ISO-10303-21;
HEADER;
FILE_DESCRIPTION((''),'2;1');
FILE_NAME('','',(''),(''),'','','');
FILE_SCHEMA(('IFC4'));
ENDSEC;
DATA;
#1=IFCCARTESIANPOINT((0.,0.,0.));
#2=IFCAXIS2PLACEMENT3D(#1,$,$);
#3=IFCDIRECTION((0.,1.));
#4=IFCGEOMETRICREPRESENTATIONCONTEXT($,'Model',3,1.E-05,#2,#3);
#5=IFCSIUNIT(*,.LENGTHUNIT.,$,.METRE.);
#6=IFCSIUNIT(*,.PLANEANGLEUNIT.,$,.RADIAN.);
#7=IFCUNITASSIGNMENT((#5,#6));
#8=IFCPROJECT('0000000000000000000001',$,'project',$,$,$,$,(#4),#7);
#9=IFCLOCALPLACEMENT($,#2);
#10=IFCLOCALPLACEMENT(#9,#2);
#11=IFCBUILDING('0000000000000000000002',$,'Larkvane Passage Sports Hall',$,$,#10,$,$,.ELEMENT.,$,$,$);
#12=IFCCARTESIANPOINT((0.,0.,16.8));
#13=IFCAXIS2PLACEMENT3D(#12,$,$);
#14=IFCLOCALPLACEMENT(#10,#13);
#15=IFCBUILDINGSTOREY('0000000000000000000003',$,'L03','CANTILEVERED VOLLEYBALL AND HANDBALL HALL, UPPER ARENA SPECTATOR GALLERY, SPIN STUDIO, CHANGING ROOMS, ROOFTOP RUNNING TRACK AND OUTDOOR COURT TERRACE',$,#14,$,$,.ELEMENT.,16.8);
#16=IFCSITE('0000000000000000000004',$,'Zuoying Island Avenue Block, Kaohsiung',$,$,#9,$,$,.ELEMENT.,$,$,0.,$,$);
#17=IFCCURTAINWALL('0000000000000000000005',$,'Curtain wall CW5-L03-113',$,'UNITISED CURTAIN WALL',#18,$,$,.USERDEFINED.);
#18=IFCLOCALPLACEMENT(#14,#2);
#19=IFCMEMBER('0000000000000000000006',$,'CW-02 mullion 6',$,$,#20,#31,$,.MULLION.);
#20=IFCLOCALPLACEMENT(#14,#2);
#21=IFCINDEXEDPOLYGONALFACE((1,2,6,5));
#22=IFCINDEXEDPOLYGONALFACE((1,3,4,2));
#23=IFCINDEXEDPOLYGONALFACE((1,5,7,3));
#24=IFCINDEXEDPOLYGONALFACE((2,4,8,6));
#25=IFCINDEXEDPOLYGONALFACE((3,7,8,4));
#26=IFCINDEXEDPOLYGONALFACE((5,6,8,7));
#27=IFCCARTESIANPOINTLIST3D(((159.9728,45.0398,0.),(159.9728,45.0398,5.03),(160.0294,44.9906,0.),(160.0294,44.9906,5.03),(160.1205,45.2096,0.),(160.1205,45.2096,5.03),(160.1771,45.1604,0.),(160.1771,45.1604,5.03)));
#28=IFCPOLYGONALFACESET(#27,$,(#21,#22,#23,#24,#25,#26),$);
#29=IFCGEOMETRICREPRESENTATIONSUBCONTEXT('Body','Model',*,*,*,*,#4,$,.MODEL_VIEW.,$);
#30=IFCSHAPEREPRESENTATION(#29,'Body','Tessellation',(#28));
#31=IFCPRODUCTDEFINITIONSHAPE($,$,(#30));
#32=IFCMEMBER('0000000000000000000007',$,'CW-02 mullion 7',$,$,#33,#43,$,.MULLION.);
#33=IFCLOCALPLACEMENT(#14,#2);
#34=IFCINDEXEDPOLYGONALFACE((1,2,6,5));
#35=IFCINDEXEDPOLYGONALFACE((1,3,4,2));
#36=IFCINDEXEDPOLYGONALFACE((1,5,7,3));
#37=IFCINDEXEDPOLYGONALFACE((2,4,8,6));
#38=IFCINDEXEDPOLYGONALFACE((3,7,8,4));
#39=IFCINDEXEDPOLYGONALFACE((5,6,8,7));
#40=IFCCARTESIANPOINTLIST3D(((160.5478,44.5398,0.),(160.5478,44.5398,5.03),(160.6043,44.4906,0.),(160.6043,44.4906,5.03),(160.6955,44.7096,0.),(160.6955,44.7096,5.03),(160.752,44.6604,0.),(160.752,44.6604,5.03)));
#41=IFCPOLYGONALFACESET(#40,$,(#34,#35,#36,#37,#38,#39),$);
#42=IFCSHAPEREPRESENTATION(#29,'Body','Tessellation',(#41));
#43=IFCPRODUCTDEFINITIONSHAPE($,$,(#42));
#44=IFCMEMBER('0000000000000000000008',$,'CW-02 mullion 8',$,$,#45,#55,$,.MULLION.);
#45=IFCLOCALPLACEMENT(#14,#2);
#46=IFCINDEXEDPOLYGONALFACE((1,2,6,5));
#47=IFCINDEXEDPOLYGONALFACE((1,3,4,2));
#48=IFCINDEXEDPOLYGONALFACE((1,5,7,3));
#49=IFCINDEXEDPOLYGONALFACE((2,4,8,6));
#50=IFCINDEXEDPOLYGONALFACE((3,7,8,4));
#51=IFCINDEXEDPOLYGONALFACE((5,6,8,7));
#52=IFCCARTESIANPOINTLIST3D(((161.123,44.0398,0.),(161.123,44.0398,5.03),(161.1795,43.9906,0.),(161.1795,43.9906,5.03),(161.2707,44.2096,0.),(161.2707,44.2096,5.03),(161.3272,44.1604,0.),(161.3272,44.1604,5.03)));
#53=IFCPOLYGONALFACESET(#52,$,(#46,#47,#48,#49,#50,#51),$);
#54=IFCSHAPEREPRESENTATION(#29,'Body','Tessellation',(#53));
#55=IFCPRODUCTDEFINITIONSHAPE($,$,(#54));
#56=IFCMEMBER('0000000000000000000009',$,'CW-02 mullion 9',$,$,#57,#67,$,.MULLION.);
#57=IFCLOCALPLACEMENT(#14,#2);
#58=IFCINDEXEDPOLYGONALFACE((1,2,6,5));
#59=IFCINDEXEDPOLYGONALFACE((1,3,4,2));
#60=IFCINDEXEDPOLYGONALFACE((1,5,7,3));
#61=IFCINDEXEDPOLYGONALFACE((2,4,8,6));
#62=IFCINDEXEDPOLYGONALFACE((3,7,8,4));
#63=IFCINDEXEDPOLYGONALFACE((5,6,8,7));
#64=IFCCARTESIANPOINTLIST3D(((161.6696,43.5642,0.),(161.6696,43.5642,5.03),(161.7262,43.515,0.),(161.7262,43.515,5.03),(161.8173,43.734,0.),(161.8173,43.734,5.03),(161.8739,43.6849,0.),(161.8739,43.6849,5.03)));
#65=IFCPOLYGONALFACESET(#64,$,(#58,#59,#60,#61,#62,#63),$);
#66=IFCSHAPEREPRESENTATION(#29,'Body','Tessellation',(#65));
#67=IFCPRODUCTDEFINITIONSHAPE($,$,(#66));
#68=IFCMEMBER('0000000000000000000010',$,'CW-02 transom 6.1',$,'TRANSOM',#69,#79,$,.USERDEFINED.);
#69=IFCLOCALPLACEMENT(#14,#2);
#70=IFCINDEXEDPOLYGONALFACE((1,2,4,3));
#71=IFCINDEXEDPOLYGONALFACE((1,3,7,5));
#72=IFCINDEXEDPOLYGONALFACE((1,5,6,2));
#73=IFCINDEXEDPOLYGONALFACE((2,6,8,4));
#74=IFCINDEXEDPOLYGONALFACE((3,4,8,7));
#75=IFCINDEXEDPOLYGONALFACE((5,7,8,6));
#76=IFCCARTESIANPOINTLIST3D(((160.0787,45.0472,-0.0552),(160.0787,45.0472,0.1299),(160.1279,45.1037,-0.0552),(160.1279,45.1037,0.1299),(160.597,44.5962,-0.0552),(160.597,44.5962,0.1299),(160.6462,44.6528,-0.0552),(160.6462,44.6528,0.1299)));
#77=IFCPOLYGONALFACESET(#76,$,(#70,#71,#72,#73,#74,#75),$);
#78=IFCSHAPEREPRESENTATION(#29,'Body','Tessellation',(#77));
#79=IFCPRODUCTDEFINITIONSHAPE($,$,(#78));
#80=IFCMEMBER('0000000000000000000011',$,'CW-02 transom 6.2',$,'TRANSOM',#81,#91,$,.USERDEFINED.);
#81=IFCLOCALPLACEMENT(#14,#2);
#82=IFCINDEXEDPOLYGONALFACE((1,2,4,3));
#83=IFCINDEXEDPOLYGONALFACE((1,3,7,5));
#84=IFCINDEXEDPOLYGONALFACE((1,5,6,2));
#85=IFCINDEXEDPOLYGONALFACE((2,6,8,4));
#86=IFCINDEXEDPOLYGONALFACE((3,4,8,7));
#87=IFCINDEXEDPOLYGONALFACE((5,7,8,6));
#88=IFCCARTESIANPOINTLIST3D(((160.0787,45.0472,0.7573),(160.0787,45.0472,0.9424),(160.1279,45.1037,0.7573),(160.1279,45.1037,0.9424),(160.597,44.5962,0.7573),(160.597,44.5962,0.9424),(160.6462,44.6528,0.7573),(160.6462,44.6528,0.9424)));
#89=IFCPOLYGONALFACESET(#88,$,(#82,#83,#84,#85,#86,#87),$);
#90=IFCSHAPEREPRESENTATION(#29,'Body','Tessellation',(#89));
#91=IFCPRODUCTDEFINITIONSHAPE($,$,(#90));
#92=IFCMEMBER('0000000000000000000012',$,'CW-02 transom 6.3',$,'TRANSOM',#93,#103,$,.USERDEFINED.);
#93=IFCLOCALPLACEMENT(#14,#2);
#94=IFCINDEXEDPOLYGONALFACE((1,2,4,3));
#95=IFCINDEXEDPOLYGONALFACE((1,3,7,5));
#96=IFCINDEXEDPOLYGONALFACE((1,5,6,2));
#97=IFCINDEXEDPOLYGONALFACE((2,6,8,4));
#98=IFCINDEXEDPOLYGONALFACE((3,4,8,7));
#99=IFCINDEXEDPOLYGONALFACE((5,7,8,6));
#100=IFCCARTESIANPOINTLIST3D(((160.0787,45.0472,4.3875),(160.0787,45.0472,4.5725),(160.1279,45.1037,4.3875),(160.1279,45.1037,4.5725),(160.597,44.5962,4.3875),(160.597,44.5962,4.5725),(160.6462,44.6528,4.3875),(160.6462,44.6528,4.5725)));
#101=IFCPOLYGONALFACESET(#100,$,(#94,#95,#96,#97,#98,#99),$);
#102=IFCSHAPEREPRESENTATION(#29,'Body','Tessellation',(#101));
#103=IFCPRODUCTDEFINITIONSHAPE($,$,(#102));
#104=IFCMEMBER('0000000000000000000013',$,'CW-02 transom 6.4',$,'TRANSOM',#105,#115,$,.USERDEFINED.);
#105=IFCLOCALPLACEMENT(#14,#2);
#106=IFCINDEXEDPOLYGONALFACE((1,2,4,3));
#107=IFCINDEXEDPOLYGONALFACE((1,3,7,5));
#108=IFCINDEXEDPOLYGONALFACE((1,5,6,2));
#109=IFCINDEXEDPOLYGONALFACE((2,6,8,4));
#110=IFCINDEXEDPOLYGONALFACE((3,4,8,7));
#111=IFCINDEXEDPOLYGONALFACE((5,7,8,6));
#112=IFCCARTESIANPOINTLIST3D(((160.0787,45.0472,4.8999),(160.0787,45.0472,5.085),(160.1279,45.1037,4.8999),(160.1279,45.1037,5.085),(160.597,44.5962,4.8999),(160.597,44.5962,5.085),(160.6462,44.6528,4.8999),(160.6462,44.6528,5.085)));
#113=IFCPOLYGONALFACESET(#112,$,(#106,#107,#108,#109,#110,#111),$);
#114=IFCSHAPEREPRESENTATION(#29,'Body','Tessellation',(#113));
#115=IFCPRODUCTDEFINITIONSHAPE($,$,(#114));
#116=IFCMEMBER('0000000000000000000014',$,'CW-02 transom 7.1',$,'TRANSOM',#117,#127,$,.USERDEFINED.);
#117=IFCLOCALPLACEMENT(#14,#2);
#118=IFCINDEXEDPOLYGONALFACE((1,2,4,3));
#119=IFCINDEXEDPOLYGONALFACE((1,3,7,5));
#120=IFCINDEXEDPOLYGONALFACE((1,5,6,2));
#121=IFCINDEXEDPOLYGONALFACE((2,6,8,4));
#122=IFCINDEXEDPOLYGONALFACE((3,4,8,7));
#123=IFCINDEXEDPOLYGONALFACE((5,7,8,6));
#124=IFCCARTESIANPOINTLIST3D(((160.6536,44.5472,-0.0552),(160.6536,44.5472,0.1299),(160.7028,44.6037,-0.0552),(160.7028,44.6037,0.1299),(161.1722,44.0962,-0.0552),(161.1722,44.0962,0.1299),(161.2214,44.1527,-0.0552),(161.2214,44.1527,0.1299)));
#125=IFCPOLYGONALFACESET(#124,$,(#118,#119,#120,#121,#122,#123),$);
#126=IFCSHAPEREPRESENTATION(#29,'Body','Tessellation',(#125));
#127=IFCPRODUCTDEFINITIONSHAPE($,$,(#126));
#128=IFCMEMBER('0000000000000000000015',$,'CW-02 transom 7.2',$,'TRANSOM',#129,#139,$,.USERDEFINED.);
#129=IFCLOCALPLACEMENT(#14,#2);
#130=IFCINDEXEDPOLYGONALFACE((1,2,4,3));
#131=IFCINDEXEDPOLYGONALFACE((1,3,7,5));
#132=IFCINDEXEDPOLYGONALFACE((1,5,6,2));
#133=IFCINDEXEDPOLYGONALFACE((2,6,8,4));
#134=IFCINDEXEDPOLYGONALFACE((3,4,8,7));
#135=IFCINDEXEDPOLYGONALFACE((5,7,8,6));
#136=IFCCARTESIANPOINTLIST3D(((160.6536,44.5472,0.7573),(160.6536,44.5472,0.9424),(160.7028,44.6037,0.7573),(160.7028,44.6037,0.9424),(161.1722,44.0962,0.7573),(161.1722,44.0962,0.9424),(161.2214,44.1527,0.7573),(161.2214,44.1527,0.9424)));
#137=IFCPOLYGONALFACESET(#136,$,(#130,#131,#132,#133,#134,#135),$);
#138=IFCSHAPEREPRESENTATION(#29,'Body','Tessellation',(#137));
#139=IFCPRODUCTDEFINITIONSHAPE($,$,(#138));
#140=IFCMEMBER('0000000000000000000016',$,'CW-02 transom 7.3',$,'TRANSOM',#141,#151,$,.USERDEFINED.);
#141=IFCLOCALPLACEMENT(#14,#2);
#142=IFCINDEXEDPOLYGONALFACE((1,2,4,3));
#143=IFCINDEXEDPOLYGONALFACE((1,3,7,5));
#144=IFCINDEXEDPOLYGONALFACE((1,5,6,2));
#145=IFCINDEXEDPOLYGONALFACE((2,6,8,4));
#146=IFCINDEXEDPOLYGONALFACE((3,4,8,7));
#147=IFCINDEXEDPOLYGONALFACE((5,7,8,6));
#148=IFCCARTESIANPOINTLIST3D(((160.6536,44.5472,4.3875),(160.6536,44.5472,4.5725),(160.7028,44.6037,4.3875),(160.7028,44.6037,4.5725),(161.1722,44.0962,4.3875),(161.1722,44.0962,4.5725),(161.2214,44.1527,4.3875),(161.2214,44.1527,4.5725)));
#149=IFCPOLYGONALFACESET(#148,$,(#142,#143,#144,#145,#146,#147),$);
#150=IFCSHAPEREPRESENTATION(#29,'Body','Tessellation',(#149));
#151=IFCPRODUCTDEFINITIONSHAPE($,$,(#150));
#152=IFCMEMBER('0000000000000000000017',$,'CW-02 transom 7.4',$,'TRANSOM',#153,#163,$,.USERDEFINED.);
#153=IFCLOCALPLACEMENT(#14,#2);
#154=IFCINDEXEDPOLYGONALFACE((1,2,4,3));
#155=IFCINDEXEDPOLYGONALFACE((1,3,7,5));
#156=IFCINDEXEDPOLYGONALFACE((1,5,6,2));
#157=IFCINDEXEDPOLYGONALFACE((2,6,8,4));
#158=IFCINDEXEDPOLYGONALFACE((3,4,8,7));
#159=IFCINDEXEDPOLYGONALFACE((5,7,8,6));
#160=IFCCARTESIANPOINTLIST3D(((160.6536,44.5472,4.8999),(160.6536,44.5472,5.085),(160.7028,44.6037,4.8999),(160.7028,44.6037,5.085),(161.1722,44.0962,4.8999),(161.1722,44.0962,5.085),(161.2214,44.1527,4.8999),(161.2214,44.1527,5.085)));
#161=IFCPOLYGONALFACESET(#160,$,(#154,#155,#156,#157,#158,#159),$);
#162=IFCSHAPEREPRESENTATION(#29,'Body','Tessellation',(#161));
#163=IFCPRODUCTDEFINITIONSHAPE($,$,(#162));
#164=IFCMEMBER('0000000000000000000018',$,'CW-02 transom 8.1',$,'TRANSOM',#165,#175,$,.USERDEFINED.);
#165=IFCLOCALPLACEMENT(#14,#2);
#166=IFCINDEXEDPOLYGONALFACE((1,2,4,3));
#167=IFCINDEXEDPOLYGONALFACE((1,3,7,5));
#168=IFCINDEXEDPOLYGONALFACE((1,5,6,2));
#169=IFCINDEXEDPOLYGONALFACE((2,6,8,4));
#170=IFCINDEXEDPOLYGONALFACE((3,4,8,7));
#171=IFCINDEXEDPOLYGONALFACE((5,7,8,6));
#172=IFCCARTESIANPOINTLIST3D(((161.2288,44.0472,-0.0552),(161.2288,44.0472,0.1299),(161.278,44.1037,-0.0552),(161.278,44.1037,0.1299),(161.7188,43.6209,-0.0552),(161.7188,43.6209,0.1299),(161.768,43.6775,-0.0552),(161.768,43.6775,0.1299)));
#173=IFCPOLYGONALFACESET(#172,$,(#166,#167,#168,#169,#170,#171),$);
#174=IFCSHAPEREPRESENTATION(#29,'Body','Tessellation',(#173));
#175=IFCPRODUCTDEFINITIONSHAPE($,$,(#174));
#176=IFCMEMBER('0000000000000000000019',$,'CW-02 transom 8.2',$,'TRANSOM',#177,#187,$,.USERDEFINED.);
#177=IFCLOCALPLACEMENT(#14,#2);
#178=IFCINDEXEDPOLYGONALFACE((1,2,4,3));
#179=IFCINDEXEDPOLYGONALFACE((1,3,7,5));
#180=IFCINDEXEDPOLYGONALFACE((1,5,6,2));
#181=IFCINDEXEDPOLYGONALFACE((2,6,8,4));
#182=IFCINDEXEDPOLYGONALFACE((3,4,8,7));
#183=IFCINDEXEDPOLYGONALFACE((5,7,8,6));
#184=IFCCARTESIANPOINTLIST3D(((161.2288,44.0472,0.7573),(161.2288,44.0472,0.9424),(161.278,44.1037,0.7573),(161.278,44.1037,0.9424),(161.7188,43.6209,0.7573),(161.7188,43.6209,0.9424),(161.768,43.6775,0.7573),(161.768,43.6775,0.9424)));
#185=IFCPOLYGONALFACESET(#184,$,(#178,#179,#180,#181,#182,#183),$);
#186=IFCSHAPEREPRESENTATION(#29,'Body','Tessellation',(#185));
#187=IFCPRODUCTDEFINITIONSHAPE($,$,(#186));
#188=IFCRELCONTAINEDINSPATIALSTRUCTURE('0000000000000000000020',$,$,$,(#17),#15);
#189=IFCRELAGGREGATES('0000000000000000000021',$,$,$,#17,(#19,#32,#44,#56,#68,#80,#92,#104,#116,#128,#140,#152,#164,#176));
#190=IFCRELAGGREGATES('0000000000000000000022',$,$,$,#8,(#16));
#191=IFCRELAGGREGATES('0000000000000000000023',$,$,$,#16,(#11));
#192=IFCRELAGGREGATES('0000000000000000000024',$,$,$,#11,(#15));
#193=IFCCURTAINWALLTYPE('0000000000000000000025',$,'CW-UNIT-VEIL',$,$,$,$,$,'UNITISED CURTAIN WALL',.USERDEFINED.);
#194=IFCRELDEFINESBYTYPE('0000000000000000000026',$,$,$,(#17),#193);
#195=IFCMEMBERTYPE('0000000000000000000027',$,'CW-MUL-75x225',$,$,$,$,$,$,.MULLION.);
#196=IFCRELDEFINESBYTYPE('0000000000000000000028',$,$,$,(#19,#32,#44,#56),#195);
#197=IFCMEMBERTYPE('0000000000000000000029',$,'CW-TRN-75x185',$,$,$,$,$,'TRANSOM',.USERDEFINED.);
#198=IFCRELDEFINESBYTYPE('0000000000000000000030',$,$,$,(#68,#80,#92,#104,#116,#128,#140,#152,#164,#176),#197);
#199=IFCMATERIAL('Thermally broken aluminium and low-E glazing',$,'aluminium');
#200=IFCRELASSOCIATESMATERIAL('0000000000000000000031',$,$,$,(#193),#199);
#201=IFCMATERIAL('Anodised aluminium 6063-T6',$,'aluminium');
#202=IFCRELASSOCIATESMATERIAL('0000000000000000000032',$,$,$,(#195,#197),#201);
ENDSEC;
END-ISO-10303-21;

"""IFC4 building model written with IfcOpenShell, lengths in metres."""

from ifc_helpers import new_model, si_unit, direction, frame, origin, origin_2d, place, context, subcontext, project, spatial, rectangle, extrude, material, material_profile, profile_set, type_object, element, aggregate, save


model = new_model("IFC4")

# Units and contexts
model_context = context("Model", 3, precision=1e-05, world=origin(), true_north=direction((0.0, 1.0)))
body_context = subcontext(model_context, "Body", "Model", "MODEL_VIEW")
ifc_project = project(units=[si_unit("LENGTHUNIT", "METRE"), si_unit("PLANEANGLEUNIT", "RADIAN")], contexts=[model_context])

# Site, building, storey
site_placement = place(None, origin())
site = spatial("IfcSite", under=ifc_project, at=site_placement, Name="Zuoying Island Avenue Block, Kaohsiung", CompositionType="ELEMENT", RefElevation=0.0)
building_placement = place(site_placement, origin())
building = spatial("IfcBuilding", under=site, at=building_placement, Name="Larkvane Passage Sports Hall", CompositionType="ELEMENT")
storey_placement = place(building_placement, frame((0.0, 0.0, 16.8)))
storey = spatial("IfcBuildingStorey", under=building, at=storey_placement, Name="L03", Description="CANTILEVERED VOLLEYBALL AND HANDBALL HALL, UPPER ARENA SPECTATOR GALLERY, SPIN STUDIO, CHANGING ROOMS, ROOFTOP RUNNING TRACK AND OUTDOOR COURT TERRACE", CompositionType="ELEMENT", Elevation=16.8)

# Curtain wall, members
ifc_material_1 = material(Name="Thermally broken aluminium and low-E glazing", Category="aluminium")
curtain_wall_type = type_object("IfcCurtainWallType", Name="CW-UNIT-VEIL", ElementType="UNITISED CURTAIN WALL", PredefinedType="USERDEFINED", material=ifc_material_1)
curtain_wall_placement = place(storey_placement, origin())
curtain_wall = element("IfcCurtainWall", 1, at=curtain_wall_placement, inside=storey, type_object=curtain_wall_type, Name="Curtain wall CW5-L03-113", ObjectType="UNITISED CURTAIN WALL", PredefinedType="USERDEFINED")
ifc_material_2 = material(Name="Anodised aluminium 6063-T6", Category="aluminium")
ifc_material_profile_1 = material_profile(ifc_material_2, rectangle(XDim=0.075, YDim=0.2251, at=origin_2d()), Name="ALU-MUL-75x225")
ifc_profile_set_1 = profile_set([ifc_material_profile_1], Name="Anodised aluminium 6063-T6")
member_type_1 = type_object("IfcMemberType", Name="CW-MUL-75x225", PredefinedType="MULLION", material=ifc_profile_set_1)
member_1_placement = place(storey_placement, frame((160.075, 45.1001, 0.0), z_axis=(0.0, 0.0, 1.0), x_axis=(0.754606, -0.656179, 0.0)))
member_1 = element("IfcMember", 2, at=member_1_placement, type_object=member_type_1, Name="CW-02 mullion 6", PredefinedType="MULLION", context=body_context, shape_type="SweptSolid", body=[
    extrude(rectangle(XDim=0.075, YDim=0.2251, at=origin_2d()), origin(), (0.0, 0.0, 1.0), 5.03),
])
member_2_placement = place(storey_placement, frame((160.6499, 44.6001, 0.0), z_axis=(0.0, 0.0, 1.0), x_axis=(0.754606, -0.656179, 0.0)))
member_2 = element("IfcMember", 3, at=member_2_placement, type_object=member_type_1, Name="CW-02 mullion 7", PredefinedType="MULLION", context=body_context, shape_type="SweptSolid", body=[
    extrude(rectangle(XDim=0.075, YDim=0.2251, at=origin_2d()), origin(), (0.0, 0.0, 1.0), 5.03),
])
member_3_placement = place(storey_placement, frame((161.2251, 44.1001, 0.0), z_axis=(0.0, 0.0, 1.0), x_axis=(0.754606, -0.656179, 0.0)))
member_3 = element("IfcMember", 4, at=member_3_placement, type_object=member_type_1, Name="CW-02 mullion 8", PredefinedType="MULLION", context=body_context, shape_type="SweptSolid", body=[
    extrude(rectangle(XDim=0.075, YDim=0.2251, at=origin_2d()), origin(), (0.0, 0.0, 1.0), 5.03),
])
member_4_placement = place(storey_placement, frame((161.7717, 43.6245, 0.0), z_axis=(0.0, 0.0, 1.0), x_axis=(0.754606, -0.656179, 0.0)))
member_4 = element("IfcMember", 5, at=member_4_placement, type_object=member_type_1, Name="CW-02 mullion 9", PredefinedType="MULLION", context=body_context, shape_type="SweptSolid", body=[
    extrude(rectangle(XDim=0.075, YDim=0.2251, at=origin_2d()), origin(), (0.0, 0.0, 1.0), 5.03),
])
ifc_material_profile_2 = material_profile(ifc_material_2, rectangle(XDim=0.075, YDim=0.1851, at=origin_2d()), Name="ALU-TRN-75x185")
ifc_profile_set_2 = profile_set([ifc_material_profile_2], Name="Anodised aluminium 6063-T6")
member_type_2 = type_object("IfcMemberType", Name="CW-TRN-75x185", ElementType="TRANSOM", PredefinedType="USERDEFINED", material=ifc_profile_set_2)
member_5_placement = place(storey_placement, frame((160.1033, 45.0754, 0.0374), z_axis=(0.754445, -0.656363, 0.0), x_axis=(0.656363, 0.754445, 0.0)))
member_5 = element("IfcMember", 6, at=member_5_placement, type_object=member_type_2, Name="CW-02 transom 6.1", ObjectType="TRANSOM", PredefinedType="USERDEFINED", context=body_context, shape_type="SweptSolid", body=[
    extrude(rectangle(XDim=0.075, YDim=0.1851, at=origin_2d()), origin(), (0.0, 0.0, 1.0), 0.687),
])
member_6_placement = place(storey_placement, frame((160.1033, 45.0754, 0.8499), z_axis=(0.754445, -0.656363, 0.0), x_axis=(0.656363, 0.754445, 0.0)))
member_6 = element("IfcMember", 7, at=member_6_placement, type_object=member_type_2, Name="CW-02 transom 6.2", ObjectType="TRANSOM", PredefinedType="USERDEFINED", context=body_context, shape_type="SweptSolid", body=[
    extrude(rectangle(XDim=0.075, YDim=0.1851, at=origin_2d()), origin(), (0.0, 0.0, 1.0), 0.687),
])
member_7_placement = place(storey_placement, frame((160.1033, 45.0754, 4.48), z_axis=(0.754445, -0.656363, 0.0), x_axis=(0.656363, 0.754445, 0.0)))
member_7 = element("IfcMember", 8, at=member_7_placement, type_object=member_type_2, Name="CW-02 transom 6.3", ObjectType="TRANSOM", PredefinedType="USERDEFINED", context=body_context, shape_type="SweptSolid", body=[
    extrude(rectangle(XDim=0.075, YDim=0.1851, at=origin_2d()), origin(), (0.0, 0.0, 1.0), 0.687),
])
member_8_placement = place(storey_placement, frame((160.1033, 45.0754, 4.9924), z_axis=(0.754445, -0.656363, 0.0), x_axis=(0.656363, 0.754445, 0.0)))
member_8 = element("IfcMember", 9, at=member_8_placement, type_object=member_type_2, Name="CW-02 transom 6.4", ObjectType="TRANSOM", PredefinedType="USERDEFINED", context=body_context, shape_type="SweptSolid", body=[
    extrude(rectangle(XDim=0.075, YDim=0.1851, at=origin_2d()), origin(), (0.0, 0.0, 1.0), 0.687),
])
member_9_placement = place(storey_placement, frame((160.6782, 44.5754, 0.0374), z_axis=(0.754598, -0.656188, 0.0), x_axis=(0.656188, 0.754598, 0.0)))
member_9 = element("IfcMember", 10, at=member_9_placement, type_object=member_type_2, Name="CW-02 transom 7.1", ObjectType="TRANSOM", PredefinedType="USERDEFINED", context=body_context, shape_type="SweptSolid", body=[
    extrude(rectangle(XDim=0.075, YDim=0.1851, at=origin_2d()), origin(), (0.0, 0.0, 1.0), 0.6873),
])
member_10_placement = place(storey_placement, frame((160.6782, 44.5754, 0.8499), z_axis=(0.754598, -0.656188, 0.0), x_axis=(0.656188, 0.754598, 0.0)))
member_10 = element("IfcMember", 11, at=member_10_placement, type_object=member_type_2, Name="CW-02 transom 7.2", ObjectType="TRANSOM", PredefinedType="USERDEFINED", context=body_context, shape_type="SweptSolid", body=[
    extrude(rectangle(XDim=0.075, YDim=0.1851, at=origin_2d()), origin(), (0.0, 0.0, 1.0), 0.6873),
])
member_11_placement = place(storey_placement, frame((160.6782, 44.5754, 4.48), z_axis=(0.754598, -0.656188, 0.0), x_axis=(0.656188, 0.754598, 0.0)))
member_11 = element("IfcMember", 12, at=member_11_placement, type_object=member_type_2, Name="CW-02 transom 7.3", ObjectType="TRANSOM", PredefinedType="USERDEFINED", context=body_context, shape_type="SweptSolid", body=[
    extrude(rectangle(XDim=0.075, YDim=0.1851, at=origin_2d()), origin(), (0.0, 0.0, 1.0), 0.6873),
])
member_12_placement = place(storey_placement, frame((160.6782, 44.5754, 4.9924), z_axis=(0.754598, -0.656188, 0.0), x_axis=(0.656188, 0.754598, 0.0)))
member_12 = element("IfcMember", 13, at=member_12_placement, type_object=member_type_2, Name="CW-02 transom 7.4", ObjectType="TRANSOM", PredefinedType="USERDEFINED", context=body_context, shape_type="SweptSolid", body=[
    extrude(rectangle(XDim=0.075, YDim=0.1851, at=origin_2d()), origin(), (0.0, 0.0, 1.0), 0.6873),
])
member_13_placement = place(storey_placement, frame((161.2534, 44.0754, 0.0374), z_axis=(0.75446, -0.656346, 0.0), x_axis=(0.656346, 0.75446, 0.0)))
member_13 = element("IfcMember", 14, at=member_13_placement, type_object=member_type_2, Name="CW-02 transom 8.1", ObjectType="TRANSOM", PredefinedType="USERDEFINED", context=body_context, shape_type="SweptSolid", body=[
    extrude(rectangle(XDim=0.075, YDim=0.1851, at=origin_2d()), origin(), (0.0, 0.0, 1.0), 0.6494),
])
member_14_placement = place(storey_placement, frame((161.2534, 44.0754, 0.8499), z_axis=(0.75446, -0.656346, 0.0), x_axis=(0.656346, 0.75446, 0.0)))
member_14 = element("IfcMember", 15, at=member_14_placement, type_object=member_type_2, Name="CW-02 transom 8.2", ObjectType="TRANSOM", PredefinedType="USERDEFINED", context=body_context, shape_type="SweptSolid", body=[
    extrude(rectangle(XDim=0.075, YDim=0.1851, at=origin_2d()), origin(), (0.0, 0.0, 1.0), 0.6494),
])
aggregate(curtain_wall, [member_1, member_2, member_3, member_4, member_5, member_6, member_7, member_8, member_9, member_10, member_11, member_12, member_13, member_14])

save(model, "model.ifc")
